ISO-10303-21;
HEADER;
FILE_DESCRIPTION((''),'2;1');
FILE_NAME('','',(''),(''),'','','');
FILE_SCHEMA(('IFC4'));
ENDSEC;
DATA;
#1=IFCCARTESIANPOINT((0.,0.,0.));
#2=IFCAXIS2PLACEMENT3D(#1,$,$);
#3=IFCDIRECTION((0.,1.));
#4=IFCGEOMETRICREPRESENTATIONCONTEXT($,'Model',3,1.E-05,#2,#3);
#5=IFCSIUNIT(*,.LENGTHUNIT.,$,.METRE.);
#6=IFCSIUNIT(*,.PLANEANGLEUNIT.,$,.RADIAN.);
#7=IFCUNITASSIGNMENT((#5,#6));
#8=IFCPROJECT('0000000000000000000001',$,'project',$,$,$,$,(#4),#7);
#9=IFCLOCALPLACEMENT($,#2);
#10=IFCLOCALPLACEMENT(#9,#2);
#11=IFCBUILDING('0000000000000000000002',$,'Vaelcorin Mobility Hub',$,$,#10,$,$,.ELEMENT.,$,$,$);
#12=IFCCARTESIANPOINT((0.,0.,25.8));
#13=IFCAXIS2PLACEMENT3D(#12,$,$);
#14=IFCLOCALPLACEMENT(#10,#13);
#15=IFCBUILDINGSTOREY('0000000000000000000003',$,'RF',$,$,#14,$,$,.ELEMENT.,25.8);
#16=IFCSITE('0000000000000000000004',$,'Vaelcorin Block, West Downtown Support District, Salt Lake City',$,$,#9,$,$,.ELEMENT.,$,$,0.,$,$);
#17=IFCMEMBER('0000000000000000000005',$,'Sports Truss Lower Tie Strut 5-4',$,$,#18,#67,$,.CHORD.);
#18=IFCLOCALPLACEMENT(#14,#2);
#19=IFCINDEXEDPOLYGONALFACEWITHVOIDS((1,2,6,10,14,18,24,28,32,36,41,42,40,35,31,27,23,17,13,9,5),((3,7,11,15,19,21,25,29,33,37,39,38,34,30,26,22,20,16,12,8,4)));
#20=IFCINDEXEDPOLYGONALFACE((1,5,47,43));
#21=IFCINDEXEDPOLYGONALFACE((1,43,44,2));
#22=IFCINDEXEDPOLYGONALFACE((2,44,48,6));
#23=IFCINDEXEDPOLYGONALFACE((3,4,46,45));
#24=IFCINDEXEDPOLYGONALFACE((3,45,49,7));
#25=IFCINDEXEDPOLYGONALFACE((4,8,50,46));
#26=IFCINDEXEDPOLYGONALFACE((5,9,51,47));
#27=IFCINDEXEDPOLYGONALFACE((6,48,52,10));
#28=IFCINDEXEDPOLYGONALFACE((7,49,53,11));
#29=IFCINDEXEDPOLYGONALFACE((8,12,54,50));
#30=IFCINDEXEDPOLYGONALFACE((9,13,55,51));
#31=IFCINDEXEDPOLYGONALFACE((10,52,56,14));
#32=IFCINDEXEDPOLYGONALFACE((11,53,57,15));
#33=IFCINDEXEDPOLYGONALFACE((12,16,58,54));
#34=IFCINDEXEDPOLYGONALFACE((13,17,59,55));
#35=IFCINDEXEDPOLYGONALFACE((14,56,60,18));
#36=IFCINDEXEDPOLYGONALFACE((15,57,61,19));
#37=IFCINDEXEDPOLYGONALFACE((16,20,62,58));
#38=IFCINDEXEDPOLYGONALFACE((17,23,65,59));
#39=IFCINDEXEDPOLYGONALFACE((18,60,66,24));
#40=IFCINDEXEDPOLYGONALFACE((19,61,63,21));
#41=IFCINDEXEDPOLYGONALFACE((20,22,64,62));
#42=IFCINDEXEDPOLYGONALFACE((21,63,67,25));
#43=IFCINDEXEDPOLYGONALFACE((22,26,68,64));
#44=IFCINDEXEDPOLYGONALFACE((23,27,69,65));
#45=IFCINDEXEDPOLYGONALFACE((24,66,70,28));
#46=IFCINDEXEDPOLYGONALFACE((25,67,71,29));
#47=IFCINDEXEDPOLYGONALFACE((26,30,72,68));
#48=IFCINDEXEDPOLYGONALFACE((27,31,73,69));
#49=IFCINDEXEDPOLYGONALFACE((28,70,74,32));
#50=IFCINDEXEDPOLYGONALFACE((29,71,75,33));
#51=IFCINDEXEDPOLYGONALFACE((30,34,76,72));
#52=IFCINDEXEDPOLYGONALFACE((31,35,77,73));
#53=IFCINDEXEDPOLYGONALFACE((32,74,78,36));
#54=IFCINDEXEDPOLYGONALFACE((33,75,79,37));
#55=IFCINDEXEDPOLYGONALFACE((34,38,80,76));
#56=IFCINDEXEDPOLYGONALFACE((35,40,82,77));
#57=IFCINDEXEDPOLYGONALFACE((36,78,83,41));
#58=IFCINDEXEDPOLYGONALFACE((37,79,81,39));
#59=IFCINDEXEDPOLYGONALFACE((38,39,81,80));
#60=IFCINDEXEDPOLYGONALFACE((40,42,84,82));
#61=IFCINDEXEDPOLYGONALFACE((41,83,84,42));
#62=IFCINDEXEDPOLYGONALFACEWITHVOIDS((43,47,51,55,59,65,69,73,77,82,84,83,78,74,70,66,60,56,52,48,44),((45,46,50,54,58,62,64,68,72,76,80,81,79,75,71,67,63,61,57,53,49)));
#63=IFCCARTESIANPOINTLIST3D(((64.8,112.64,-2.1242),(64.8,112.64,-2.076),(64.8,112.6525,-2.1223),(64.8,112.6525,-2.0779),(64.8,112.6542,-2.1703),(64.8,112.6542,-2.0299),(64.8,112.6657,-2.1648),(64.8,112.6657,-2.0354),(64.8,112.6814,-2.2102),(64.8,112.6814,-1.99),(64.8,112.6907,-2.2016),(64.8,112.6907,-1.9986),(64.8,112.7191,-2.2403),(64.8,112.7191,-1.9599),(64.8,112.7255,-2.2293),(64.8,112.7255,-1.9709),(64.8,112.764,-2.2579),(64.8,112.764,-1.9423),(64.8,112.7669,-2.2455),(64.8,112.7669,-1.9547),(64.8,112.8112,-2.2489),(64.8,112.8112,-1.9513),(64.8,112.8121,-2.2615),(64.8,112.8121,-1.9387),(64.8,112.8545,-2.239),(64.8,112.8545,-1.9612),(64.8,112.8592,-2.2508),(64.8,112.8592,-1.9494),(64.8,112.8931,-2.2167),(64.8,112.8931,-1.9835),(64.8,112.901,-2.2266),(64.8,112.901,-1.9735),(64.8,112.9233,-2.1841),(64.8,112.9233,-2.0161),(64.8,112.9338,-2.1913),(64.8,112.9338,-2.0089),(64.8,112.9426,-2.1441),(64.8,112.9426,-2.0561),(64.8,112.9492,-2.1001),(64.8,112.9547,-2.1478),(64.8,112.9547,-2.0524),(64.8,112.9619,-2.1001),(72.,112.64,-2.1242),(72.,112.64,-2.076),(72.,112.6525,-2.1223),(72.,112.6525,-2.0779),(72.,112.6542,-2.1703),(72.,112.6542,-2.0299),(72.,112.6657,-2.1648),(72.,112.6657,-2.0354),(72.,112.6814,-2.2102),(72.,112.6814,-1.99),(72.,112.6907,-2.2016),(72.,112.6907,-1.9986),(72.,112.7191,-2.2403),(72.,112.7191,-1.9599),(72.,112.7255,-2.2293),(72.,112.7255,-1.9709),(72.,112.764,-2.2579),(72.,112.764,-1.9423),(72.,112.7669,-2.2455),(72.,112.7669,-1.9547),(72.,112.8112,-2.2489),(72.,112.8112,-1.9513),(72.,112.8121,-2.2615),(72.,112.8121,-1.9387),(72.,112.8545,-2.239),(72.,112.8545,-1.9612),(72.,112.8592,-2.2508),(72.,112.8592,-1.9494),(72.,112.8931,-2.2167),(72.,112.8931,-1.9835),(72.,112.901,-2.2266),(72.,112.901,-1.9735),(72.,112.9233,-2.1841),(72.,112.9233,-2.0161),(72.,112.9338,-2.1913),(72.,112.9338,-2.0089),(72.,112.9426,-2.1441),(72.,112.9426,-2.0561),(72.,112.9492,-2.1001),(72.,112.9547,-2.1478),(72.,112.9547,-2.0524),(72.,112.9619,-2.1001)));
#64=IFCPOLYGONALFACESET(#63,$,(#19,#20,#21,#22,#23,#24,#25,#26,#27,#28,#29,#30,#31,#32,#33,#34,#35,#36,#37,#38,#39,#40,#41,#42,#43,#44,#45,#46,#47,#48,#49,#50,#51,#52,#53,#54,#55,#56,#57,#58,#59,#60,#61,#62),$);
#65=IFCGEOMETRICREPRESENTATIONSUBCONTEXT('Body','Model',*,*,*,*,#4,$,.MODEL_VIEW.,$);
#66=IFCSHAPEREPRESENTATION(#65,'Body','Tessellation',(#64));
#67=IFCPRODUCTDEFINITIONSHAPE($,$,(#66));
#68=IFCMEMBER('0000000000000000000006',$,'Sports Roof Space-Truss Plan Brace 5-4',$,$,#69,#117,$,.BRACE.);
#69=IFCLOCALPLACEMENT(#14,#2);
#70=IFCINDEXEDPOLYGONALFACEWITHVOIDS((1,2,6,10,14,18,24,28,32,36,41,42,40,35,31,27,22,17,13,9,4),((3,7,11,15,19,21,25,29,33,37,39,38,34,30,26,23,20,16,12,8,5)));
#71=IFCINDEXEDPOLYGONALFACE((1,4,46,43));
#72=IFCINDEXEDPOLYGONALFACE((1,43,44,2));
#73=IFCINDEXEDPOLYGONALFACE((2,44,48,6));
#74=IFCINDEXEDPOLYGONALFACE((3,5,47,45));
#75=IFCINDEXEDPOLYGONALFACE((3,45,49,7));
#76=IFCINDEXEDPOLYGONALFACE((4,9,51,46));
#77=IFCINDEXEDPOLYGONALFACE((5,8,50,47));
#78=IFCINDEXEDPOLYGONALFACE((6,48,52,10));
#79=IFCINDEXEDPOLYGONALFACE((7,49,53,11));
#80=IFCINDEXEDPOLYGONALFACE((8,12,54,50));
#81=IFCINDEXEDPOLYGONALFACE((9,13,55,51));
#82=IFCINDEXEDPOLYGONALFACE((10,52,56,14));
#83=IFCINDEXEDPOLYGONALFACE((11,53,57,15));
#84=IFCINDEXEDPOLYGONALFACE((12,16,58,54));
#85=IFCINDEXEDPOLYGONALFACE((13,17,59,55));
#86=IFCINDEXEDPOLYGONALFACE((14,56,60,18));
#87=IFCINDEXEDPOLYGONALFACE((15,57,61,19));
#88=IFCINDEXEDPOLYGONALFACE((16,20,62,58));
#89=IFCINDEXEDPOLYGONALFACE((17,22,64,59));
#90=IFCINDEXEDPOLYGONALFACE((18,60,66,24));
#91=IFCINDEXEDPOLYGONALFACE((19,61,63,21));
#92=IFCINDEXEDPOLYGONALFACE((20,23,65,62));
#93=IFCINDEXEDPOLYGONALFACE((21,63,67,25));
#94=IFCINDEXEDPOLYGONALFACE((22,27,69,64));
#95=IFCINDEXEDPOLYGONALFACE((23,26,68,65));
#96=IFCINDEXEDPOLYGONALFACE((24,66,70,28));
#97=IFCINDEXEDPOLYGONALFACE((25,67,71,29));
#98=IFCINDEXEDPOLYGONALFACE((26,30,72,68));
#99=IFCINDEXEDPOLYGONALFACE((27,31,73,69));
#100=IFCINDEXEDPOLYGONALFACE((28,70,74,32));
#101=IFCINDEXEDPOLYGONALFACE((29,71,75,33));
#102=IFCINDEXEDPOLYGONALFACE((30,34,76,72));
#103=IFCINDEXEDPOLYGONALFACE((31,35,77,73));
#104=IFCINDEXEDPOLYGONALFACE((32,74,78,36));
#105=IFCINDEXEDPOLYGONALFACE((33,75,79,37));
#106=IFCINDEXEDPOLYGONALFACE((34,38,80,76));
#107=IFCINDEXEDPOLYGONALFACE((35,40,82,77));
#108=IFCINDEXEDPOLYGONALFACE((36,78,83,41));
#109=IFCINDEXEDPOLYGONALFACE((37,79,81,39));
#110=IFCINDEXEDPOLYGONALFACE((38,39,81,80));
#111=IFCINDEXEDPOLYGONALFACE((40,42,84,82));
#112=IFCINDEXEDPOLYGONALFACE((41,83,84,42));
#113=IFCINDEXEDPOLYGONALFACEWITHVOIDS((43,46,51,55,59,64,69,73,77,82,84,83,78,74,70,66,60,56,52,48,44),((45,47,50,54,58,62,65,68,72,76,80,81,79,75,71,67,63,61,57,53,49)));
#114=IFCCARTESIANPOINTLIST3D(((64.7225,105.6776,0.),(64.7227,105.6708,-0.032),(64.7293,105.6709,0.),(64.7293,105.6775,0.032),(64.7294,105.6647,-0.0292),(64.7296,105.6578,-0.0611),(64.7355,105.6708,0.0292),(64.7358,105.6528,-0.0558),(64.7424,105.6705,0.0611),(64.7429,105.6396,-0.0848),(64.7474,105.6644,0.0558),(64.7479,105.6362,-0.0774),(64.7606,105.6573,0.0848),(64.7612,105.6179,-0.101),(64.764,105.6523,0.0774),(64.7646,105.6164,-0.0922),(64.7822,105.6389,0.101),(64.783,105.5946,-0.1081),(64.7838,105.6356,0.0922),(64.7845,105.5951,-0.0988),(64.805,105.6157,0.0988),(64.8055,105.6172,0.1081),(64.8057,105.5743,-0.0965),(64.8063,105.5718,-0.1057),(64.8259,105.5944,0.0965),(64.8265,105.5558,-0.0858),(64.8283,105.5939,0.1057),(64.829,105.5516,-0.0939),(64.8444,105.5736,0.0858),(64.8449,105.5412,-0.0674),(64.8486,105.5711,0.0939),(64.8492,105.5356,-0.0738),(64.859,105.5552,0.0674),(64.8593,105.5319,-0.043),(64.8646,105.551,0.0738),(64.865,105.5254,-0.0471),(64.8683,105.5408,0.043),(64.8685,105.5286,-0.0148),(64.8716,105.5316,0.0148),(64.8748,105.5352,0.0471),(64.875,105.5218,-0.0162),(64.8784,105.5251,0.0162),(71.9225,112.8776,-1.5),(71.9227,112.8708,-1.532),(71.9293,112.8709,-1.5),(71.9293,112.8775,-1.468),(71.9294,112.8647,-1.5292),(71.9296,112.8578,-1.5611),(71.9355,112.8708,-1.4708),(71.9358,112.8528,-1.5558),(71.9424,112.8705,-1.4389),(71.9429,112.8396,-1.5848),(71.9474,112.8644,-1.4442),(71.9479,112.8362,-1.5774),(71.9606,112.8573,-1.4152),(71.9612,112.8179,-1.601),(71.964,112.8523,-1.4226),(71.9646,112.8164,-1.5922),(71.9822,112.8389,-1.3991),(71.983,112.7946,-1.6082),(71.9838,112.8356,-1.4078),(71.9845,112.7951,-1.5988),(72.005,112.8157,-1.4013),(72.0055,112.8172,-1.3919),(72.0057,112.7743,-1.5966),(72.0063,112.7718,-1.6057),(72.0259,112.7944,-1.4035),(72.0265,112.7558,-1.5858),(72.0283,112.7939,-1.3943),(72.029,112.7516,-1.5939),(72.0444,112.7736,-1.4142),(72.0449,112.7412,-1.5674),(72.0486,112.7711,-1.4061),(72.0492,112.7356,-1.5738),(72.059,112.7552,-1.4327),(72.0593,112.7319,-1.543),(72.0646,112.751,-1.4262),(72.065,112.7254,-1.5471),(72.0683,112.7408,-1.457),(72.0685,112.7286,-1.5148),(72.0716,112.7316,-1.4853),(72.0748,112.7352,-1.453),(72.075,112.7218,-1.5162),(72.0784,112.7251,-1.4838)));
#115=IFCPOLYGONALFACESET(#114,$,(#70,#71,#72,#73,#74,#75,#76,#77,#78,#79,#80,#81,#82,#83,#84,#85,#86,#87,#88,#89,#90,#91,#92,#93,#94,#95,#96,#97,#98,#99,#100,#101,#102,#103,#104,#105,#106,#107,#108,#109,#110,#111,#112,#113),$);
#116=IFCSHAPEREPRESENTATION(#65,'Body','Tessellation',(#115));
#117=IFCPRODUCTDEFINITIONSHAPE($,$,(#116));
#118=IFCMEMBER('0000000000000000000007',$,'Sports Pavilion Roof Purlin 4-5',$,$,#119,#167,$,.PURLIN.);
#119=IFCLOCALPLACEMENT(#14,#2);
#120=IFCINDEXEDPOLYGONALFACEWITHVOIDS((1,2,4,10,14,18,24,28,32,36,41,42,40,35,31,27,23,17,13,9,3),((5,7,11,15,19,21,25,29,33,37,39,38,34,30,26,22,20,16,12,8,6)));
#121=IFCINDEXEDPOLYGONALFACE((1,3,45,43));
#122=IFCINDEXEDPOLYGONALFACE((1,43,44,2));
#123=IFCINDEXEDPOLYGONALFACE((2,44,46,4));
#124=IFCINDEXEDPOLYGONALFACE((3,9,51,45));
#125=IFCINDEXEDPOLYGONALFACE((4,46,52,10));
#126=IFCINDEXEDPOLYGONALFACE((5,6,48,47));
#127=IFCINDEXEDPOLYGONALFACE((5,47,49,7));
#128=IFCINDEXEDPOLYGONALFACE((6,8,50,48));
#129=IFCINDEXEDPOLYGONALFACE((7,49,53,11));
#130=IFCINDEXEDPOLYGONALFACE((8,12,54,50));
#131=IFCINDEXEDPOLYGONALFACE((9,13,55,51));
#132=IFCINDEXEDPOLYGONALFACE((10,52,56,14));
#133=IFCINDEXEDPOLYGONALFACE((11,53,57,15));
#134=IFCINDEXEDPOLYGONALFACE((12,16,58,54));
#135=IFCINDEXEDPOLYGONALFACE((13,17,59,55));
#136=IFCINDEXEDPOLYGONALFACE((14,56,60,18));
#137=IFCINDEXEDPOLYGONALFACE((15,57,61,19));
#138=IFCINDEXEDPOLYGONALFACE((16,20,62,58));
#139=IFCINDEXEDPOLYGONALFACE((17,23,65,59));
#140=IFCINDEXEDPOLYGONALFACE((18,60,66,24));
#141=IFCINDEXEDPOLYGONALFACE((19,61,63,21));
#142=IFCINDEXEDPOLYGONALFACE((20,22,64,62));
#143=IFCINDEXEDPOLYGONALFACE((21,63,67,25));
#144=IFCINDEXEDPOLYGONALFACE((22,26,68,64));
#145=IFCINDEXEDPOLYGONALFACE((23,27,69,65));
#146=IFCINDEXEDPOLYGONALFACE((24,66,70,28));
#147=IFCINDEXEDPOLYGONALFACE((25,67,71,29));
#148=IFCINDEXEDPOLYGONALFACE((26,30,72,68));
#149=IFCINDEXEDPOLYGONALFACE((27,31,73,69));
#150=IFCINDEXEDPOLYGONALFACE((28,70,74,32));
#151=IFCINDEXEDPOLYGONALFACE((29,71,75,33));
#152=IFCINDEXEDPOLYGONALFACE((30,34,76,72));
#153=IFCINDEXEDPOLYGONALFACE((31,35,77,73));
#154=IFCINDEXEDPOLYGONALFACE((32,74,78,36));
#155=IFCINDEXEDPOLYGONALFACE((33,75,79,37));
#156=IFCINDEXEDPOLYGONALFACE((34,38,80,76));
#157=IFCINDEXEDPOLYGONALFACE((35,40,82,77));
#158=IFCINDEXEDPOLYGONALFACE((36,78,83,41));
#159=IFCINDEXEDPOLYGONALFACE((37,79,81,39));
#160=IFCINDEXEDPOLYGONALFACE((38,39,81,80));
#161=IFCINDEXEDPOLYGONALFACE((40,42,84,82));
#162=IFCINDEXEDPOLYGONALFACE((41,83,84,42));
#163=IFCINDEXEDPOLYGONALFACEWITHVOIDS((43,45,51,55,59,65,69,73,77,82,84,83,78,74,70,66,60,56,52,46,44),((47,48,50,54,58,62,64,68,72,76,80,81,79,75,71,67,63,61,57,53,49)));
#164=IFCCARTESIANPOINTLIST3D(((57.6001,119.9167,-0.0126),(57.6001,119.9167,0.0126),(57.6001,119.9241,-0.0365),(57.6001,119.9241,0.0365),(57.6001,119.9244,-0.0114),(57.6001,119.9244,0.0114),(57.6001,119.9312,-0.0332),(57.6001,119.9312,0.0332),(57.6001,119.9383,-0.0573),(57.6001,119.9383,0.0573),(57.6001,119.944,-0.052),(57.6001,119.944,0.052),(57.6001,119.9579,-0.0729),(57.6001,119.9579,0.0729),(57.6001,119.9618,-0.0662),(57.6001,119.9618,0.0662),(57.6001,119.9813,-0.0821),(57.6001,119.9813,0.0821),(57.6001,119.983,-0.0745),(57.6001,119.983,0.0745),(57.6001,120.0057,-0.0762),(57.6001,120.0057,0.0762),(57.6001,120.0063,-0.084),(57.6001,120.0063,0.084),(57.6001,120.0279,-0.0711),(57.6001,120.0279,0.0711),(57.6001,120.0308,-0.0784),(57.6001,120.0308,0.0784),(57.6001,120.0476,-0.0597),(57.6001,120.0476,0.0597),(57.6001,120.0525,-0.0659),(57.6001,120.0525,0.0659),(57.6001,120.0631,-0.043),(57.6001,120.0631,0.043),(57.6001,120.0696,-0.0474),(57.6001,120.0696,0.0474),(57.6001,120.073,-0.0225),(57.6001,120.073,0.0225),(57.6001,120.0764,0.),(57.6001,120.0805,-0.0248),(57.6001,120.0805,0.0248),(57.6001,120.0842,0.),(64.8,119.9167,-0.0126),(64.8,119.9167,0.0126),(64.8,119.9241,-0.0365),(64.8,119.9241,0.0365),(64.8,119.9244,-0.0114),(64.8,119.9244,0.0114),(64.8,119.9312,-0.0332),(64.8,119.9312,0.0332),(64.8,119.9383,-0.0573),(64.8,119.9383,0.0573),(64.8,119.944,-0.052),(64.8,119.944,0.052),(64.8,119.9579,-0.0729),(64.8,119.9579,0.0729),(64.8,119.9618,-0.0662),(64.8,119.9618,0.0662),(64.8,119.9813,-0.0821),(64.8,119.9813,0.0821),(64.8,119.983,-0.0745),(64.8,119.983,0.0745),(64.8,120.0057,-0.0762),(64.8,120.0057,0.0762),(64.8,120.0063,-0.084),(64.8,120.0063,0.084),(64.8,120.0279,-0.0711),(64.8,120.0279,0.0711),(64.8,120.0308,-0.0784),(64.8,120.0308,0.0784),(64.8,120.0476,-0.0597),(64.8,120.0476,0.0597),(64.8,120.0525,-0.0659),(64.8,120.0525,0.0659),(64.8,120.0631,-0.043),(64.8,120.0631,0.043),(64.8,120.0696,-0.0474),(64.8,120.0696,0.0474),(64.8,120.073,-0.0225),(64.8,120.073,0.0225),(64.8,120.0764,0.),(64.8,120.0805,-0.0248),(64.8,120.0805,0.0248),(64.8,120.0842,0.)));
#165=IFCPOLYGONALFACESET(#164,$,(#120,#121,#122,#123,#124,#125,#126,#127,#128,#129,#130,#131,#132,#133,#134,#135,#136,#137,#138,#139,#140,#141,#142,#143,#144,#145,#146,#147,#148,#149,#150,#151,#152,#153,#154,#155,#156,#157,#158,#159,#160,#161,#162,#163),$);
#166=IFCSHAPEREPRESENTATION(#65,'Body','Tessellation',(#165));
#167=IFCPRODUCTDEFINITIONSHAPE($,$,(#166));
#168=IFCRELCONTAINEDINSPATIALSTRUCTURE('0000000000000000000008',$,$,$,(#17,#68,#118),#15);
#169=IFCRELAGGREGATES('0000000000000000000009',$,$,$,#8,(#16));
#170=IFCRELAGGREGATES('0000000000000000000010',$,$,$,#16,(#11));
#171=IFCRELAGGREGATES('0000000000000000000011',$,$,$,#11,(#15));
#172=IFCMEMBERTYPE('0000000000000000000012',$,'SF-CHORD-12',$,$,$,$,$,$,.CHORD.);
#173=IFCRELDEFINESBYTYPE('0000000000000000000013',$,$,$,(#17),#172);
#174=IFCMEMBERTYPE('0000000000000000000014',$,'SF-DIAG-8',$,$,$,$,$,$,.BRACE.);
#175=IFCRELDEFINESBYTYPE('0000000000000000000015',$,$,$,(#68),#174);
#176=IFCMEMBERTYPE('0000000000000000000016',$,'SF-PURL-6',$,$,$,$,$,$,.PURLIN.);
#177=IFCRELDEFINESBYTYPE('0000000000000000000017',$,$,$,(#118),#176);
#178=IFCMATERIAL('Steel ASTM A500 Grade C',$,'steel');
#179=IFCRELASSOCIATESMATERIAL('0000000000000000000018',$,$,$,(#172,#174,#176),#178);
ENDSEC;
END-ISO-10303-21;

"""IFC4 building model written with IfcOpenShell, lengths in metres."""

from ifc_helpers import new_model, si_unit, direction, frame, origin, origin_2d, place, context, subcontext, project, spatial, hollow_circle, extrude, material, material_profile, profile_set, type_object, element, save


model = new_model("IFC4")

# Units and contexts
model_context = context("Model", 3, precision=1e-05, world=origin(), true_north=direction((0.0, 1.0)))
body_context = subcontext(model_context, "Body", "Model", "MODEL_VIEW")
ifc_project = project(units=[si_unit("LENGTHUNIT", "METRE"), si_unit("PLANEANGLEUNIT", "RADIAN")], contexts=[model_context])

# Site, building, storey
site_placement = place(None, origin())
site = spatial("IfcSite", under=ifc_project, at=site_placement, Name="Vaelcorin Block, West Downtown Support District, Salt Lake City", CompositionType="ELEMENT", RefElevation=0.0)
building_placement = place(site_placement, origin())
building = spatial("IfcBuilding", under=site, at=building_placement, Name="Vaelcorin Mobility Hub", CompositionType="ELEMENT")
storey_placement = place(building_placement, frame((0.0, 0.0, 25.8)))
storey = spatial("IfcBuildingStorey", under=building, at=storey_placement, Name="RF", CompositionType="ELEMENT", Elevation=25.8)

# Members
ifc_material_1 = material(Name="Steel ASTM A500 Grade C", Category="steel")
ifc_material_profile_1 = material_profile(ifc_material_1, hollow_circle(Radius=0.1619, WallThickness=0.0127, at=origin_2d()), Name="HSS12.750X0.500")
ifc_profile_set_1 = profile_set([ifc_material_profile_1], Name="Steel ASTM A500 Grade C")
member_type_1 = type_object("IfcMemberType", Name="SF-CHORD-12", PredefinedType="CHORD", material=ifc_profile_set_1)
member_1_placement = place(storey_placement, frame((64.8, 112.8, -2.1001), z_axis=(1.0, 0.0, 0.0), x_axis=(0.0, 1.0, 0.0)))
element("IfcMember", 1, at=member_1_placement, inside=storey, type_object=member_type_1, Name="Sports Truss Lower Tie Strut 5-4", PredefinedType="CHORD", context=body_context, shape_type="SweptSolid", body=[
    extrude(hollow_circle(Radius=0.1619, WallThickness=0.0127, at=origin_2d()), origin(), (0.0, 0.0, 1.0), 7.2),
])
ifc_material_profile_2 = material_profile(ifc_material_1, hollow_circle(Radius=0.1096, WallThickness=0.0095, at=origin_2d()), Name="HSS8.625X0.375")
ifc_profile_set_2 = profile_set([ifc_material_profile_2], Name="Steel ASTM A500 Grade C")
member_type_2 = type_object("IfcMemberType", Name="SF-DIAG-8", PredefinedType="BRACE", material=ifc_profile_set_2)
member_2_placement = place(storey_placement, frame((64.8, 105.6001, 0.0), z_axis=(0.699557, 0.699557, -0.145742), x_axis=(-0.707107, 0.707107, 0.0)))
element("IfcMember", 2, at=member_2_placement, inside=storey, type_object=member_type_2, Name="Sports Roof Space-Truss Plan Brace 5-4", PredefinedType="BRACE", context=body_context, shape_type="SweptSolid", body=[
    extrude(hollow_circle(Radius=0.1096, WallThickness=0.0095, at=origin_2d()), origin(), (0.0, 0.0, 1.0), 10.2922),
])
ifc_material_profile_3 = material_profile(ifc_material_1, hollow_circle(Radius=0.0842, WallThickness=0.0078, at=origin_2d()), Name="HSS6.625X0.312")
ifc_profile_set_3 = profile_set([ifc_material_profile_3], Name="Steel ASTM A500 Grade C")
member_type_3 = type_object("IfcMemberType", Name="SF-PURL-6", PredefinedType="PURLIN", material=ifc_profile_set_3)
member_3_placement = place(storey_placement, frame((57.6001, 120.0, 0.0), z_axis=(1.0, 0.0, 0.0), x_axis=(0.0, 1.0, 0.0)))
element("IfcMember", 3, at=member_3_placement, inside=storey, type_object=member_type_3, Name="Sports Pavilion Roof Purlin 4-5", PredefinedType="PURLIN", context=body_context, shape_type="SweptSolid", body=[
    extrude(hollow_circle(Radius=0.0842, WallThickness=0.0078, at=origin_2d()), origin(), (0.0, 0.0, 1.0), 7.2),
])

save(model, "model.ifc")
